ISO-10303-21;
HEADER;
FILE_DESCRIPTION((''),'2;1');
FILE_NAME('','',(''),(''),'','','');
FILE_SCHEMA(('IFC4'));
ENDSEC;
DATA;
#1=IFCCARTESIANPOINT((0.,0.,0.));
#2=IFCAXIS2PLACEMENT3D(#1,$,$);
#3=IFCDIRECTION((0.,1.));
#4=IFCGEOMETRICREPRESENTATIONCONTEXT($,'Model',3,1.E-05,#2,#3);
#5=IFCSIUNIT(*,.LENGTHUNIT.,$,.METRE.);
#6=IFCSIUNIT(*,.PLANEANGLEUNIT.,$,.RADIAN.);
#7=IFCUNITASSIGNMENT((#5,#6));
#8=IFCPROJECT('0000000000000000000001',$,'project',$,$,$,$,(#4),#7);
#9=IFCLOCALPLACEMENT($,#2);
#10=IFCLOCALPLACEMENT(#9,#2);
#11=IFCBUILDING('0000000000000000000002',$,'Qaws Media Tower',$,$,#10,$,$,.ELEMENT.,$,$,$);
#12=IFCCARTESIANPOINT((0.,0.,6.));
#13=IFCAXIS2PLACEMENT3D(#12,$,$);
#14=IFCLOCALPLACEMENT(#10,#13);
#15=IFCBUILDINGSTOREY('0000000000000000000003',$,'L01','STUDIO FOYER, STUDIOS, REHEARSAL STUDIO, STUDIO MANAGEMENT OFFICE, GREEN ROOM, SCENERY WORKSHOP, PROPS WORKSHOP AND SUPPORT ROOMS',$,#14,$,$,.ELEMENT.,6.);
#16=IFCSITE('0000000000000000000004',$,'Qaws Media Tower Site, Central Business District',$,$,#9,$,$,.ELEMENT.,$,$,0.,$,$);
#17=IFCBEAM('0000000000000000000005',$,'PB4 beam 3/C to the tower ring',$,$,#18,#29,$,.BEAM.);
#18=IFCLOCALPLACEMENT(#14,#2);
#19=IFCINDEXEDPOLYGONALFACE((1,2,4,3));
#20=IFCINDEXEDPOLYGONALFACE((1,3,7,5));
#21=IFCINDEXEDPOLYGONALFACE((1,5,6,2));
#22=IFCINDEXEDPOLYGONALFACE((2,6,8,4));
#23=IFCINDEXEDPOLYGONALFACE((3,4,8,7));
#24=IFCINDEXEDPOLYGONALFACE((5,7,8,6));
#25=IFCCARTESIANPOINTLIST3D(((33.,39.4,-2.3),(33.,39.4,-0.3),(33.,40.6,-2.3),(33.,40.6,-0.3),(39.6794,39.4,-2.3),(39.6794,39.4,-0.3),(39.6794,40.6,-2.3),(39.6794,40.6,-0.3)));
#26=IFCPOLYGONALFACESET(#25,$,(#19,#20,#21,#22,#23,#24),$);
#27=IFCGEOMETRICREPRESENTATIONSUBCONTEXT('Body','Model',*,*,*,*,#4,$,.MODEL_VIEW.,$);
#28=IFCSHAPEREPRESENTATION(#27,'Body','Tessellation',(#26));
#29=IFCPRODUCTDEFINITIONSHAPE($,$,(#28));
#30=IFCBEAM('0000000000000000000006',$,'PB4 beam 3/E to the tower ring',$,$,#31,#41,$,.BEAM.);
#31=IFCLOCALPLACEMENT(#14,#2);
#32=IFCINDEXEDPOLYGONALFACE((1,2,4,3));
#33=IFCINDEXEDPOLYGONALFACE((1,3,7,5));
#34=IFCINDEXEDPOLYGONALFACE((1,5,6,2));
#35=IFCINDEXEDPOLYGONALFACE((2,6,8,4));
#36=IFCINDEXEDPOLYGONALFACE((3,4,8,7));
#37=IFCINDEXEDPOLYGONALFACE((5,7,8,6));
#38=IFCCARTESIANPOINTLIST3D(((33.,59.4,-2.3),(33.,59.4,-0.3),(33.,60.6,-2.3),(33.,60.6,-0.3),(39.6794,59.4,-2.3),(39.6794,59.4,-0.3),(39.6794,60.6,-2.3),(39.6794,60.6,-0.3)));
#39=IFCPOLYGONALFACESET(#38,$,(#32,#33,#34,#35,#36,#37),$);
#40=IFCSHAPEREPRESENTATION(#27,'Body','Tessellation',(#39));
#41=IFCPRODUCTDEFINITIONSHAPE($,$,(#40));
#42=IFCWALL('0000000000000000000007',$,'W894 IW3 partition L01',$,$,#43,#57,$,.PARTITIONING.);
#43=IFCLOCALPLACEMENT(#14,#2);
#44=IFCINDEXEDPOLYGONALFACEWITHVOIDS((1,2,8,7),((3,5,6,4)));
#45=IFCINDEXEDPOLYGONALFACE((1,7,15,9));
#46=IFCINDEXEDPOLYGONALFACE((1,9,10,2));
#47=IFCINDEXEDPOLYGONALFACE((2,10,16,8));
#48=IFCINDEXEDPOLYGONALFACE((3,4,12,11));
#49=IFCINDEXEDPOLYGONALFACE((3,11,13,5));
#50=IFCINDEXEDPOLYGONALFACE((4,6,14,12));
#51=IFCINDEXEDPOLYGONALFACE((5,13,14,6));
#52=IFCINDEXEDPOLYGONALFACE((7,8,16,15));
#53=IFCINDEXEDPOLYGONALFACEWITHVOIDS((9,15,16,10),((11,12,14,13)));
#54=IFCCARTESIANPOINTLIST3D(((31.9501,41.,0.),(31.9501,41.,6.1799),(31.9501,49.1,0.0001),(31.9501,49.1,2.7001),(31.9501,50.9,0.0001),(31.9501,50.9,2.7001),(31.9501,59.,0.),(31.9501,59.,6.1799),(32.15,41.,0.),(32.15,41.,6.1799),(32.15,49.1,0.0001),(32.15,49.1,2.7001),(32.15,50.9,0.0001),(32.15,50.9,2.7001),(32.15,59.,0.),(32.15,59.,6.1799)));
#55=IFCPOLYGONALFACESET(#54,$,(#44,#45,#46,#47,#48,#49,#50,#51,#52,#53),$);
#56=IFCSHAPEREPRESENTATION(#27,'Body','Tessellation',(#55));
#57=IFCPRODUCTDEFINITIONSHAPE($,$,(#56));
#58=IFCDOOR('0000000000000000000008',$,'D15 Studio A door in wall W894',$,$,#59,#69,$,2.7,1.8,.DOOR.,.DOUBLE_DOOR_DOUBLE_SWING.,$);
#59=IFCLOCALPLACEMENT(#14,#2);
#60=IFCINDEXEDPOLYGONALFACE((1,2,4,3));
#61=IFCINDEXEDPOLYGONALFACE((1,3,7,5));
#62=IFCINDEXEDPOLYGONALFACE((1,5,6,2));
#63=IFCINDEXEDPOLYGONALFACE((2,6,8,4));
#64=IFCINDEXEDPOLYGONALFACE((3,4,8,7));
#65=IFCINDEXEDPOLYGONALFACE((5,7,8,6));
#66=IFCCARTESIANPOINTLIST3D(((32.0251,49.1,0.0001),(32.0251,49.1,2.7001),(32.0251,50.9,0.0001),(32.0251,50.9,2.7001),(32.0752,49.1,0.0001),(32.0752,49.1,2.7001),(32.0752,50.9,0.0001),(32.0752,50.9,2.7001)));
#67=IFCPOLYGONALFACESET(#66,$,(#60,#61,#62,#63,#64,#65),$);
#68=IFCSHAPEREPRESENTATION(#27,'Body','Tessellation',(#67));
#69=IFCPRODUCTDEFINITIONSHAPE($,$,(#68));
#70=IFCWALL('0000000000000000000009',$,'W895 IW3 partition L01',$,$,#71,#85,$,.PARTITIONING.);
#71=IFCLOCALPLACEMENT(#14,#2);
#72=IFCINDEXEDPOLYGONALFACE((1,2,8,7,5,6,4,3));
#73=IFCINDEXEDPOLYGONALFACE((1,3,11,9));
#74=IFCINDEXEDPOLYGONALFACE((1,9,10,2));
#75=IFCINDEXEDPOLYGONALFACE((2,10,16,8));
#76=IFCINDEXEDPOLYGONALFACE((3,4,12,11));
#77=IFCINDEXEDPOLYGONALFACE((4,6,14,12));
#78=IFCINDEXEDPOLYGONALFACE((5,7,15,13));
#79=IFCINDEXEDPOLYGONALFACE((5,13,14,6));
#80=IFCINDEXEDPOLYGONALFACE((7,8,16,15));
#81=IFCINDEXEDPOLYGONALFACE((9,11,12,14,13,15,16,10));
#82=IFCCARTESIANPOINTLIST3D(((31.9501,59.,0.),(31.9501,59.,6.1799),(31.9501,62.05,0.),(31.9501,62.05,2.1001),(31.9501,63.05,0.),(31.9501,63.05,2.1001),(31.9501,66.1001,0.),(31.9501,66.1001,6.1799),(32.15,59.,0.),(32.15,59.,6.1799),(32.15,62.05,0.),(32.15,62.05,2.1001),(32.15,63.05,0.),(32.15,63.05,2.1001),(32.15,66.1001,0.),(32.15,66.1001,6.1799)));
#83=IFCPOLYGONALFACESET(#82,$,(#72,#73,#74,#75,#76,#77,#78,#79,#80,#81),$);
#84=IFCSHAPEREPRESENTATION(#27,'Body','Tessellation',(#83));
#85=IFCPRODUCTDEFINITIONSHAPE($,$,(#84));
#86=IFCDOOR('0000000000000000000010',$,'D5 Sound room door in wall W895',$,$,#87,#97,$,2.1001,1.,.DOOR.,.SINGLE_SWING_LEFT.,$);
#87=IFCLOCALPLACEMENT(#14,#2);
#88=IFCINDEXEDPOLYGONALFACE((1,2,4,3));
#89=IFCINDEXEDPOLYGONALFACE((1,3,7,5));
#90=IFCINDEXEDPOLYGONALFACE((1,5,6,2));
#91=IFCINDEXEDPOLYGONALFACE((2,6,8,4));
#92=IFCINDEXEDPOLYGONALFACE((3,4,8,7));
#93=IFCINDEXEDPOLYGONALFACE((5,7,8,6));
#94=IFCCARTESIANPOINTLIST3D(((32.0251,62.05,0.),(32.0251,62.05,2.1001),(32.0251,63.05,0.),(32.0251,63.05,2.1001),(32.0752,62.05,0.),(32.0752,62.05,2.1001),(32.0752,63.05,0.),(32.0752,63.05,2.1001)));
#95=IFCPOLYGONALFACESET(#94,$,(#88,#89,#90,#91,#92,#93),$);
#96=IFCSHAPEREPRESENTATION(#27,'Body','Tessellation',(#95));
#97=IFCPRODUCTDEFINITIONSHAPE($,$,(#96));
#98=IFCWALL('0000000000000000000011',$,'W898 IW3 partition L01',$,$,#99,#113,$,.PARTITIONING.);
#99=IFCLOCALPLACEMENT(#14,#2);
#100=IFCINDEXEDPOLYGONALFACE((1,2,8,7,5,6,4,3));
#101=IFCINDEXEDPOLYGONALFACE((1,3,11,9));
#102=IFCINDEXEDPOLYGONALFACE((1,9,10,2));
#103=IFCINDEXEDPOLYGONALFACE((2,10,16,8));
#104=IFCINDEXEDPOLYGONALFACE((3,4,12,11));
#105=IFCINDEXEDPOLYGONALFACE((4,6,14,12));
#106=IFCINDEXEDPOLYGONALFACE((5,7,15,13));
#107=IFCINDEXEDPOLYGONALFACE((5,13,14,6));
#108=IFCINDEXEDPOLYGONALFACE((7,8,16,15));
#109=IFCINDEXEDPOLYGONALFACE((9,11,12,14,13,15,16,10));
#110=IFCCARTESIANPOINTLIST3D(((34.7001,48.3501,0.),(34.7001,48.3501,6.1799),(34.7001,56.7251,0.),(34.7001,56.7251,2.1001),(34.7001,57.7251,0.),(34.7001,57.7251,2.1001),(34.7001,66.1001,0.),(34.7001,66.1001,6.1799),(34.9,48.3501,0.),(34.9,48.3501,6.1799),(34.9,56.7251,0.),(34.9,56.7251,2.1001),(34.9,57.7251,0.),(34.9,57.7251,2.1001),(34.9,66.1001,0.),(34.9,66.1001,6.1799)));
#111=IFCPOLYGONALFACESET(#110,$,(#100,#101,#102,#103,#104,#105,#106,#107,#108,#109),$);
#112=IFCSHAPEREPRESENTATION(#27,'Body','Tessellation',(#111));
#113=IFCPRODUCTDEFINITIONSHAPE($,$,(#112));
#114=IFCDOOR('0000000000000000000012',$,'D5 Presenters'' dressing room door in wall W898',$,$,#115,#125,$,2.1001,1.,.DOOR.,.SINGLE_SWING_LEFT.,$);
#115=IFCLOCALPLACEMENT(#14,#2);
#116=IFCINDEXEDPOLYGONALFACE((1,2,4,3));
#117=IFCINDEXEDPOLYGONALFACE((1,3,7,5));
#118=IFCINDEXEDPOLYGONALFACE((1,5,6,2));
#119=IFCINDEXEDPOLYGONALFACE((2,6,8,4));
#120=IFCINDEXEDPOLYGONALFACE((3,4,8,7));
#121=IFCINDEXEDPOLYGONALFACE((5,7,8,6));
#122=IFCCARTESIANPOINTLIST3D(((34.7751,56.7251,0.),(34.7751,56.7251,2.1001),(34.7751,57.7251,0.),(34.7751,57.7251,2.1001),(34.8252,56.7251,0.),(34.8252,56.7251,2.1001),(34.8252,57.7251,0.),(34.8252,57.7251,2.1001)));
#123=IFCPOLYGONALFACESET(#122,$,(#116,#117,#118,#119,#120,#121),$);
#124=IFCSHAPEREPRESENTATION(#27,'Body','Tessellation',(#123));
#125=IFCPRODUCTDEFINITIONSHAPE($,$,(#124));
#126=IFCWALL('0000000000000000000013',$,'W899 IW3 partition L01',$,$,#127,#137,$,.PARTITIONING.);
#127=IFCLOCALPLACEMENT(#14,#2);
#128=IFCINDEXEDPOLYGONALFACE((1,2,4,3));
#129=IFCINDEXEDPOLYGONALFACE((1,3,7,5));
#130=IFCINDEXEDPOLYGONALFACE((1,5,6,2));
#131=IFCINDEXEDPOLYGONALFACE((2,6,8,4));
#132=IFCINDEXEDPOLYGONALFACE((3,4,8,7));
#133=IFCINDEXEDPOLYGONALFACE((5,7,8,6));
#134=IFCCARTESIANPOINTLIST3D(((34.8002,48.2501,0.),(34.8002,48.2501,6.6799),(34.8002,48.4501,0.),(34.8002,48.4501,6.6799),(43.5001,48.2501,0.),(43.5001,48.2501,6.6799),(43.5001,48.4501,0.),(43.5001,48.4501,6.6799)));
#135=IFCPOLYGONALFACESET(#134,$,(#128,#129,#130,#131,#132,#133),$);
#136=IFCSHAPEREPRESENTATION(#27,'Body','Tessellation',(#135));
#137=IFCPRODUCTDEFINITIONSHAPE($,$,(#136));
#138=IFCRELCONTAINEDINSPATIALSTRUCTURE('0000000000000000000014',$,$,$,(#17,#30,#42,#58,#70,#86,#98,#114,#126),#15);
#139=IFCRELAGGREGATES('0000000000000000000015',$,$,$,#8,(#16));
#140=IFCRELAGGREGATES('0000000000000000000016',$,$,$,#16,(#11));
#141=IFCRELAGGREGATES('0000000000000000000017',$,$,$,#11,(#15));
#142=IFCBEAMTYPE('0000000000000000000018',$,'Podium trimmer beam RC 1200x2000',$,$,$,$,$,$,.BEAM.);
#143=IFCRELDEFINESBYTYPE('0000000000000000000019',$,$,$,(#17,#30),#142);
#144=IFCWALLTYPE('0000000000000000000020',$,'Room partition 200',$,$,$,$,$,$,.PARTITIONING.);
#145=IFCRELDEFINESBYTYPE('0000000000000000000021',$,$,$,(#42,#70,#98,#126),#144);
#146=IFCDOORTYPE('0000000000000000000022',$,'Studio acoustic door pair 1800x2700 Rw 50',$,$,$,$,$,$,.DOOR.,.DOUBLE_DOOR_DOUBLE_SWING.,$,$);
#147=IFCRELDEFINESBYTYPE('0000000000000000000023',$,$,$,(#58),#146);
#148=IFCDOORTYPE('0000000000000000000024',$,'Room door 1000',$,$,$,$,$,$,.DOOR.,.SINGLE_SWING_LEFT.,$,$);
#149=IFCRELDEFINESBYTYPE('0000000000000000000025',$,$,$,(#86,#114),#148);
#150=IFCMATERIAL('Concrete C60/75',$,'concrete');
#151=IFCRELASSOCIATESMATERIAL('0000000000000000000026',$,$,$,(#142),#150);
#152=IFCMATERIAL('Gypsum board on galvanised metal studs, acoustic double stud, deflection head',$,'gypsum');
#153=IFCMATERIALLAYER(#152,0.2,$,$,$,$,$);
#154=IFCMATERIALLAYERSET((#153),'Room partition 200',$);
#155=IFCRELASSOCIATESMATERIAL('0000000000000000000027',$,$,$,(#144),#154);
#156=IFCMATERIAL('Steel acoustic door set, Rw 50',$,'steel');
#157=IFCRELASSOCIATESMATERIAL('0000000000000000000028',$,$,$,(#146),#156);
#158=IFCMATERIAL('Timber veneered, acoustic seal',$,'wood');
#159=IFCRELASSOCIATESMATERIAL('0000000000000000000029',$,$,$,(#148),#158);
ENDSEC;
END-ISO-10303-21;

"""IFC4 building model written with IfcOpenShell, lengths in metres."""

from ifc_helpers import new_model, si_unit, direction, frame, frame_2d, origin, origin_2d, place, context, subcontext, project, spatial, rectangle, extrude, material, layer, layer_set, material_profile, profile_set, type_object, element, fill, save


model = new_model("IFC4")

# Units and contexts
model_context = context("Model", 3, precision=1e-05, world=origin(), true_north=direction((0.0, 1.0)))
body_context = subcontext(model_context, "Body", "Model", "MODEL_VIEW")
ifc_project = project(units=[si_unit("LENGTHUNIT", "METRE"), si_unit("PLANEANGLEUNIT", "RADIAN")], contexts=[model_context])

# Site, building, storey
site_placement = place(None, origin())
site = spatial("IfcSite", under=ifc_project, at=site_placement, Name="Qaws Media Tower Site, Central Business District", CompositionType="ELEMENT", RefElevation=0.0)
building_placement = place(site_placement, origin())
building = spatial("IfcBuilding", under=site, at=building_placement, Name="Qaws Media Tower", CompositionType="ELEMENT")
storey_placement = place(building_placement, frame((0.0, 0.0, 6.0)))
storey = spatial("IfcBuildingStorey", under=building, at=storey_placement, Name="L01", Description="STUDIO FOYER, STUDIOS, REHEARSAL STUDIO, STUDIO MANAGEMENT OFFICE, GREEN ROOM, SCENERY WORKSHOP, PROPS WORKSHOP AND SUPPORT ROOMS", CompositionType="ELEMENT", Elevation=6.0)

# Beams
ifc_material_1 = material(Name="Concrete C60/75", Category="concrete")
ifc_material_profile_1 = material_profile(ifc_material_1, rectangle(XDim=1.2, YDim=2.0, at=origin_2d()), Name="RC 1200x2000")
ifc_profile_set_1 = profile_set([ifc_material_profile_1], Name="Concrete C60/75")
beam_type_1 = type_object("IfcBeamType", Name="Podium trimmer beam RC 1200x2000", PredefinedType="BEAM", material=ifc_profile_set_1)
for number, where, z_axis, x_axis, name in (
    (1, (33.0, 40.0, -1.3), (1.0, 0.0, 0.0), (0.0, 1.0, 0.0), "PB4 beam 3/C to the tower ring"),
    (2, (33.0, 60.0, -1.3), (1.0, 0.0, 0.0), (0.0, 1.0, 0.0), "PB4 beam 3/E to the tower ring"),
):
    element("IfcBeam", number, at=place(storey_placement, frame(where, z_axis=z_axis, x_axis=x_axis)), inside=storey, type_object=beam_type_1, Name=name, PredefinedType="BEAM", context=body_context, shape_type="SweptSolid", body=[
        extrude(rectangle(XDim=1.2, YDim=2.0, at=origin_2d()), origin(), (0.0, 0.0, 1.0), 6.6794),
    ])

# Walls, openings, doors
ifc_material_2 = material(Name="Gypsum board on galvanised metal studs, acoustic double stud, deflection head", Category="gypsum")
ifc_layer = layer(ifc_material_2, 0.2)
ifc_layer_set = layer_set([ifc_layer], Name="Room partition 200")
wall_type = type_object("IfcWallType", Name="Room partition 200", PredefinedType="PARTITIONING", material=ifc_layer_set)
wall_1_placement = place(storey_placement, frame((32.05, 41.0, 0.0), z_axis=(0.0, 0.0, 1.0), x_axis=(0.0, 1.0, 0.0)))
wall_1 = element("IfcWall", 3, at=wall_1_placement, inside=storey, type_object=wall_type, Name="W894 IW3 partition L01", PredefinedType="PARTITIONING", context=body_context, shape_type="SweptSolid", body=[
    extrude(rectangle(XDim=18.0, YDim=0.2, at=frame_2d((9.0, 0.0))), origin(), (0.0, 0.0, 1.0), 6.1799),
])
opening_1_placement = place(wall_1_placement, frame((8.1001, 0.0, 0.0)))
opening_1 = element("IfcOpeningElement", 4, at=opening_1_placement, cuts=wall_1, PredefinedType="OPENING", context=body_context, shape_type="SweptSolid", body=[
    extrude(rectangle(XDim=1.8, YDim=2.7, at=frame_2d((0.8999, 1.3501))), frame((0.0, 0.1099, 0.0), z_axis=(0.0, -1.0, 0.0), x_axis=(1.0, 0.0, 0.0)), (0.0, 0.0, 1.0), 0.22),
])
ifc_material_3 = material(Name="Steel acoustic door set, Rw 50", Category="steel")
door_type_1 = type_object("IfcDoorType", Name="Studio acoustic door pair 1800x2700 Rw 50", OperationType="DOUBLE_DOOR_DOUBLE_SWING", PredefinedType="DOOR", material=ifc_material_3)
door_1_placement = place(opening_1_placement, origin())
door_1 = element("IfcDoor", 5, at=door_1_placement, inside=storey, type_object=door_type_1, Name="D15 Studio A door in wall W894", OperationType="DOUBLE_DOOR_DOUBLE_SWING", OverallHeight=2.7, OverallWidth=1.8, PredefinedType="DOOR", context=body_context, shape_type="SweptSolid", body=[
    extrude(rectangle(XDim=1.8, YDim=2.7, at=frame_2d((0.8999, 1.3501))), frame((0.0, 0.0249, 0.0), z_axis=(0.0, -1.0, 0.0), x_axis=(1.0, 0.0, 0.0)), (0.0, 0.0, 1.0), 0.05),
])
fill(opening_1, door_1)
wall_2_placement = place(storey_placement, frame((32.05, 59.0, 0.0), z_axis=(0.0, 0.0, 1.0), x_axis=(0.0, 1.0, 0.0)))
wall_2 = element("IfcWall", 6, at=wall_2_placement, inside=storey, type_object=wall_type, Name="W895 IW3 partition L01", PredefinedType="PARTITIONING", context=body_context, shape_type="SweptSolid", body=[
    extrude(rectangle(XDim=7.1001, YDim=0.2, at=frame_2d((3.55, 0.0))), origin(), (0.0, 0.0, 1.0), 6.1799),
])
opening_2_placement = place(wall_2_placement, frame((3.05, 0.0, 0.0)))
opening_2 = element("IfcOpeningElement", 7, at=opening_2_placement, cuts=wall_2, PredefinedType="OPENING", context=body_context, shape_type="SweptSolid", body=[
    extrude(rectangle(XDim=1.0, YDim=2.1001, at=frame_2d((0.5, 1.05))), frame((0.0, 0.1099, 0.0), z_axis=(0.0, -1.0, 0.0), x_axis=(1.0, 0.0, 0.0)), (0.0, 0.0, 1.0), 0.22),
])
ifc_material_4 = material(Name="Timber veneered, acoustic seal", Category="wood")
door_type_2 = type_object("IfcDoorType", Name="Room door 1000", OperationType="SINGLE_SWING_LEFT", PredefinedType="DOOR", material=ifc_material_4)
door_2_placement = place(opening_2_placement, origin())
door_2 = element("IfcDoor", 8, at=door_2_placement, inside=storey, type_object=door_type_2, Name="D5 Sound room door in wall W895", OperationType="SINGLE_SWING_LEFT", OverallHeight=2.1001, OverallWidth=1.0, PredefinedType="DOOR", context=body_context, shape_type="SweptSolid", body=[
    extrude(rectangle(XDim=1.0, YDim=2.1001, at=frame_2d((0.5, 1.05))), frame((0.0, 0.0249, 0.0), z_axis=(0.0, -1.0, 0.0), x_axis=(1.0, 0.0, 0.0)), (0.0, 0.0, 1.0), 0.05),
])
fill(opening_2, door_2)
wall_3_placement = place(storey_placement, frame((34.8, 48.3501, 0.0), z_axis=(0.0, 0.0, 1.0), x_axis=(0.0, 1.0, 0.0)))
wall_3 = element("IfcWall", 9, at=wall_3_placement, inside=storey, type_object=wall_type, Name="W898 IW3 partition L01", PredefinedType="PARTITIONING", context=body_context, shape_type="SweptSolid", body=[
    extrude(rectangle(XDim=17.75, YDim=0.2, at=frame_2d((8.875, 0.0))), origin(), (0.0, 0.0, 1.0), 6.1799),
])
opening_3_placement = place(wall_3_placement, frame((8.375, 0.0, 0.0)))
opening_3 = element("IfcOpeningElement", 10, at=opening_3_placement, cuts=wall_3, PredefinedType="OPENING", context=body_context, shape_type="SweptSolid", body=[
    extrude(rectangle(XDim=1.0, YDim=2.1001, at=frame_2d((0.5, 1.05))), frame((0.0, 0.1099, 0.0), z_axis=(0.0, -1.0, 0.0), x_axis=(1.0, 0.0, 0.0)), (0.0, 0.0, 1.0), 0.22),
])
door_3_placement = place(opening_3_placement, origin())
door_3 = element("IfcDoor", 11, at=door_3_placement, inside=storey, type_object=door_type_2, Name="D5 Presenters' dressing room door in wall W898", OperationType="SINGLE_SWING_LEFT", OverallHeight=2.1001, OverallWidth=1.0, PredefinedType="DOOR", context=body_context, shape_type="SweptSolid", body=[
    extrude(rectangle(XDim=1.0, YDim=2.1001, at=frame_2d((0.5, 1.05))), frame((0.0, 0.0249, 0.0), z_axis=(0.0, -1.0, 0.0), x_axis=(1.0, 0.0, 0.0)), (0.0, 0.0, 1.0), 0.05),
])
fill(opening_3, door_3)

# Wall
wall_4_placement = place(storey_placement, frame((34.8, 48.3501, 0.0), z_axis=(0.0, 0.0, 1.0), x_axis=(1.0, 0.0, 0.0)))
element("IfcWall", 12, at=wall_4_placement, inside=storey, type_object=wall_type, Name="W899 IW3 partition L01", PredefinedType="PARTITIONING", context=body_context, shape_type="SweptSolid", body=[
    extrude(rectangle(XDim=8.7, YDim=0.2, at=frame_2d((4.3501, 0.0))), origin(), (0.0, 0.0, 1.0), 6.6799),
])

save(model, "model.ifc")
